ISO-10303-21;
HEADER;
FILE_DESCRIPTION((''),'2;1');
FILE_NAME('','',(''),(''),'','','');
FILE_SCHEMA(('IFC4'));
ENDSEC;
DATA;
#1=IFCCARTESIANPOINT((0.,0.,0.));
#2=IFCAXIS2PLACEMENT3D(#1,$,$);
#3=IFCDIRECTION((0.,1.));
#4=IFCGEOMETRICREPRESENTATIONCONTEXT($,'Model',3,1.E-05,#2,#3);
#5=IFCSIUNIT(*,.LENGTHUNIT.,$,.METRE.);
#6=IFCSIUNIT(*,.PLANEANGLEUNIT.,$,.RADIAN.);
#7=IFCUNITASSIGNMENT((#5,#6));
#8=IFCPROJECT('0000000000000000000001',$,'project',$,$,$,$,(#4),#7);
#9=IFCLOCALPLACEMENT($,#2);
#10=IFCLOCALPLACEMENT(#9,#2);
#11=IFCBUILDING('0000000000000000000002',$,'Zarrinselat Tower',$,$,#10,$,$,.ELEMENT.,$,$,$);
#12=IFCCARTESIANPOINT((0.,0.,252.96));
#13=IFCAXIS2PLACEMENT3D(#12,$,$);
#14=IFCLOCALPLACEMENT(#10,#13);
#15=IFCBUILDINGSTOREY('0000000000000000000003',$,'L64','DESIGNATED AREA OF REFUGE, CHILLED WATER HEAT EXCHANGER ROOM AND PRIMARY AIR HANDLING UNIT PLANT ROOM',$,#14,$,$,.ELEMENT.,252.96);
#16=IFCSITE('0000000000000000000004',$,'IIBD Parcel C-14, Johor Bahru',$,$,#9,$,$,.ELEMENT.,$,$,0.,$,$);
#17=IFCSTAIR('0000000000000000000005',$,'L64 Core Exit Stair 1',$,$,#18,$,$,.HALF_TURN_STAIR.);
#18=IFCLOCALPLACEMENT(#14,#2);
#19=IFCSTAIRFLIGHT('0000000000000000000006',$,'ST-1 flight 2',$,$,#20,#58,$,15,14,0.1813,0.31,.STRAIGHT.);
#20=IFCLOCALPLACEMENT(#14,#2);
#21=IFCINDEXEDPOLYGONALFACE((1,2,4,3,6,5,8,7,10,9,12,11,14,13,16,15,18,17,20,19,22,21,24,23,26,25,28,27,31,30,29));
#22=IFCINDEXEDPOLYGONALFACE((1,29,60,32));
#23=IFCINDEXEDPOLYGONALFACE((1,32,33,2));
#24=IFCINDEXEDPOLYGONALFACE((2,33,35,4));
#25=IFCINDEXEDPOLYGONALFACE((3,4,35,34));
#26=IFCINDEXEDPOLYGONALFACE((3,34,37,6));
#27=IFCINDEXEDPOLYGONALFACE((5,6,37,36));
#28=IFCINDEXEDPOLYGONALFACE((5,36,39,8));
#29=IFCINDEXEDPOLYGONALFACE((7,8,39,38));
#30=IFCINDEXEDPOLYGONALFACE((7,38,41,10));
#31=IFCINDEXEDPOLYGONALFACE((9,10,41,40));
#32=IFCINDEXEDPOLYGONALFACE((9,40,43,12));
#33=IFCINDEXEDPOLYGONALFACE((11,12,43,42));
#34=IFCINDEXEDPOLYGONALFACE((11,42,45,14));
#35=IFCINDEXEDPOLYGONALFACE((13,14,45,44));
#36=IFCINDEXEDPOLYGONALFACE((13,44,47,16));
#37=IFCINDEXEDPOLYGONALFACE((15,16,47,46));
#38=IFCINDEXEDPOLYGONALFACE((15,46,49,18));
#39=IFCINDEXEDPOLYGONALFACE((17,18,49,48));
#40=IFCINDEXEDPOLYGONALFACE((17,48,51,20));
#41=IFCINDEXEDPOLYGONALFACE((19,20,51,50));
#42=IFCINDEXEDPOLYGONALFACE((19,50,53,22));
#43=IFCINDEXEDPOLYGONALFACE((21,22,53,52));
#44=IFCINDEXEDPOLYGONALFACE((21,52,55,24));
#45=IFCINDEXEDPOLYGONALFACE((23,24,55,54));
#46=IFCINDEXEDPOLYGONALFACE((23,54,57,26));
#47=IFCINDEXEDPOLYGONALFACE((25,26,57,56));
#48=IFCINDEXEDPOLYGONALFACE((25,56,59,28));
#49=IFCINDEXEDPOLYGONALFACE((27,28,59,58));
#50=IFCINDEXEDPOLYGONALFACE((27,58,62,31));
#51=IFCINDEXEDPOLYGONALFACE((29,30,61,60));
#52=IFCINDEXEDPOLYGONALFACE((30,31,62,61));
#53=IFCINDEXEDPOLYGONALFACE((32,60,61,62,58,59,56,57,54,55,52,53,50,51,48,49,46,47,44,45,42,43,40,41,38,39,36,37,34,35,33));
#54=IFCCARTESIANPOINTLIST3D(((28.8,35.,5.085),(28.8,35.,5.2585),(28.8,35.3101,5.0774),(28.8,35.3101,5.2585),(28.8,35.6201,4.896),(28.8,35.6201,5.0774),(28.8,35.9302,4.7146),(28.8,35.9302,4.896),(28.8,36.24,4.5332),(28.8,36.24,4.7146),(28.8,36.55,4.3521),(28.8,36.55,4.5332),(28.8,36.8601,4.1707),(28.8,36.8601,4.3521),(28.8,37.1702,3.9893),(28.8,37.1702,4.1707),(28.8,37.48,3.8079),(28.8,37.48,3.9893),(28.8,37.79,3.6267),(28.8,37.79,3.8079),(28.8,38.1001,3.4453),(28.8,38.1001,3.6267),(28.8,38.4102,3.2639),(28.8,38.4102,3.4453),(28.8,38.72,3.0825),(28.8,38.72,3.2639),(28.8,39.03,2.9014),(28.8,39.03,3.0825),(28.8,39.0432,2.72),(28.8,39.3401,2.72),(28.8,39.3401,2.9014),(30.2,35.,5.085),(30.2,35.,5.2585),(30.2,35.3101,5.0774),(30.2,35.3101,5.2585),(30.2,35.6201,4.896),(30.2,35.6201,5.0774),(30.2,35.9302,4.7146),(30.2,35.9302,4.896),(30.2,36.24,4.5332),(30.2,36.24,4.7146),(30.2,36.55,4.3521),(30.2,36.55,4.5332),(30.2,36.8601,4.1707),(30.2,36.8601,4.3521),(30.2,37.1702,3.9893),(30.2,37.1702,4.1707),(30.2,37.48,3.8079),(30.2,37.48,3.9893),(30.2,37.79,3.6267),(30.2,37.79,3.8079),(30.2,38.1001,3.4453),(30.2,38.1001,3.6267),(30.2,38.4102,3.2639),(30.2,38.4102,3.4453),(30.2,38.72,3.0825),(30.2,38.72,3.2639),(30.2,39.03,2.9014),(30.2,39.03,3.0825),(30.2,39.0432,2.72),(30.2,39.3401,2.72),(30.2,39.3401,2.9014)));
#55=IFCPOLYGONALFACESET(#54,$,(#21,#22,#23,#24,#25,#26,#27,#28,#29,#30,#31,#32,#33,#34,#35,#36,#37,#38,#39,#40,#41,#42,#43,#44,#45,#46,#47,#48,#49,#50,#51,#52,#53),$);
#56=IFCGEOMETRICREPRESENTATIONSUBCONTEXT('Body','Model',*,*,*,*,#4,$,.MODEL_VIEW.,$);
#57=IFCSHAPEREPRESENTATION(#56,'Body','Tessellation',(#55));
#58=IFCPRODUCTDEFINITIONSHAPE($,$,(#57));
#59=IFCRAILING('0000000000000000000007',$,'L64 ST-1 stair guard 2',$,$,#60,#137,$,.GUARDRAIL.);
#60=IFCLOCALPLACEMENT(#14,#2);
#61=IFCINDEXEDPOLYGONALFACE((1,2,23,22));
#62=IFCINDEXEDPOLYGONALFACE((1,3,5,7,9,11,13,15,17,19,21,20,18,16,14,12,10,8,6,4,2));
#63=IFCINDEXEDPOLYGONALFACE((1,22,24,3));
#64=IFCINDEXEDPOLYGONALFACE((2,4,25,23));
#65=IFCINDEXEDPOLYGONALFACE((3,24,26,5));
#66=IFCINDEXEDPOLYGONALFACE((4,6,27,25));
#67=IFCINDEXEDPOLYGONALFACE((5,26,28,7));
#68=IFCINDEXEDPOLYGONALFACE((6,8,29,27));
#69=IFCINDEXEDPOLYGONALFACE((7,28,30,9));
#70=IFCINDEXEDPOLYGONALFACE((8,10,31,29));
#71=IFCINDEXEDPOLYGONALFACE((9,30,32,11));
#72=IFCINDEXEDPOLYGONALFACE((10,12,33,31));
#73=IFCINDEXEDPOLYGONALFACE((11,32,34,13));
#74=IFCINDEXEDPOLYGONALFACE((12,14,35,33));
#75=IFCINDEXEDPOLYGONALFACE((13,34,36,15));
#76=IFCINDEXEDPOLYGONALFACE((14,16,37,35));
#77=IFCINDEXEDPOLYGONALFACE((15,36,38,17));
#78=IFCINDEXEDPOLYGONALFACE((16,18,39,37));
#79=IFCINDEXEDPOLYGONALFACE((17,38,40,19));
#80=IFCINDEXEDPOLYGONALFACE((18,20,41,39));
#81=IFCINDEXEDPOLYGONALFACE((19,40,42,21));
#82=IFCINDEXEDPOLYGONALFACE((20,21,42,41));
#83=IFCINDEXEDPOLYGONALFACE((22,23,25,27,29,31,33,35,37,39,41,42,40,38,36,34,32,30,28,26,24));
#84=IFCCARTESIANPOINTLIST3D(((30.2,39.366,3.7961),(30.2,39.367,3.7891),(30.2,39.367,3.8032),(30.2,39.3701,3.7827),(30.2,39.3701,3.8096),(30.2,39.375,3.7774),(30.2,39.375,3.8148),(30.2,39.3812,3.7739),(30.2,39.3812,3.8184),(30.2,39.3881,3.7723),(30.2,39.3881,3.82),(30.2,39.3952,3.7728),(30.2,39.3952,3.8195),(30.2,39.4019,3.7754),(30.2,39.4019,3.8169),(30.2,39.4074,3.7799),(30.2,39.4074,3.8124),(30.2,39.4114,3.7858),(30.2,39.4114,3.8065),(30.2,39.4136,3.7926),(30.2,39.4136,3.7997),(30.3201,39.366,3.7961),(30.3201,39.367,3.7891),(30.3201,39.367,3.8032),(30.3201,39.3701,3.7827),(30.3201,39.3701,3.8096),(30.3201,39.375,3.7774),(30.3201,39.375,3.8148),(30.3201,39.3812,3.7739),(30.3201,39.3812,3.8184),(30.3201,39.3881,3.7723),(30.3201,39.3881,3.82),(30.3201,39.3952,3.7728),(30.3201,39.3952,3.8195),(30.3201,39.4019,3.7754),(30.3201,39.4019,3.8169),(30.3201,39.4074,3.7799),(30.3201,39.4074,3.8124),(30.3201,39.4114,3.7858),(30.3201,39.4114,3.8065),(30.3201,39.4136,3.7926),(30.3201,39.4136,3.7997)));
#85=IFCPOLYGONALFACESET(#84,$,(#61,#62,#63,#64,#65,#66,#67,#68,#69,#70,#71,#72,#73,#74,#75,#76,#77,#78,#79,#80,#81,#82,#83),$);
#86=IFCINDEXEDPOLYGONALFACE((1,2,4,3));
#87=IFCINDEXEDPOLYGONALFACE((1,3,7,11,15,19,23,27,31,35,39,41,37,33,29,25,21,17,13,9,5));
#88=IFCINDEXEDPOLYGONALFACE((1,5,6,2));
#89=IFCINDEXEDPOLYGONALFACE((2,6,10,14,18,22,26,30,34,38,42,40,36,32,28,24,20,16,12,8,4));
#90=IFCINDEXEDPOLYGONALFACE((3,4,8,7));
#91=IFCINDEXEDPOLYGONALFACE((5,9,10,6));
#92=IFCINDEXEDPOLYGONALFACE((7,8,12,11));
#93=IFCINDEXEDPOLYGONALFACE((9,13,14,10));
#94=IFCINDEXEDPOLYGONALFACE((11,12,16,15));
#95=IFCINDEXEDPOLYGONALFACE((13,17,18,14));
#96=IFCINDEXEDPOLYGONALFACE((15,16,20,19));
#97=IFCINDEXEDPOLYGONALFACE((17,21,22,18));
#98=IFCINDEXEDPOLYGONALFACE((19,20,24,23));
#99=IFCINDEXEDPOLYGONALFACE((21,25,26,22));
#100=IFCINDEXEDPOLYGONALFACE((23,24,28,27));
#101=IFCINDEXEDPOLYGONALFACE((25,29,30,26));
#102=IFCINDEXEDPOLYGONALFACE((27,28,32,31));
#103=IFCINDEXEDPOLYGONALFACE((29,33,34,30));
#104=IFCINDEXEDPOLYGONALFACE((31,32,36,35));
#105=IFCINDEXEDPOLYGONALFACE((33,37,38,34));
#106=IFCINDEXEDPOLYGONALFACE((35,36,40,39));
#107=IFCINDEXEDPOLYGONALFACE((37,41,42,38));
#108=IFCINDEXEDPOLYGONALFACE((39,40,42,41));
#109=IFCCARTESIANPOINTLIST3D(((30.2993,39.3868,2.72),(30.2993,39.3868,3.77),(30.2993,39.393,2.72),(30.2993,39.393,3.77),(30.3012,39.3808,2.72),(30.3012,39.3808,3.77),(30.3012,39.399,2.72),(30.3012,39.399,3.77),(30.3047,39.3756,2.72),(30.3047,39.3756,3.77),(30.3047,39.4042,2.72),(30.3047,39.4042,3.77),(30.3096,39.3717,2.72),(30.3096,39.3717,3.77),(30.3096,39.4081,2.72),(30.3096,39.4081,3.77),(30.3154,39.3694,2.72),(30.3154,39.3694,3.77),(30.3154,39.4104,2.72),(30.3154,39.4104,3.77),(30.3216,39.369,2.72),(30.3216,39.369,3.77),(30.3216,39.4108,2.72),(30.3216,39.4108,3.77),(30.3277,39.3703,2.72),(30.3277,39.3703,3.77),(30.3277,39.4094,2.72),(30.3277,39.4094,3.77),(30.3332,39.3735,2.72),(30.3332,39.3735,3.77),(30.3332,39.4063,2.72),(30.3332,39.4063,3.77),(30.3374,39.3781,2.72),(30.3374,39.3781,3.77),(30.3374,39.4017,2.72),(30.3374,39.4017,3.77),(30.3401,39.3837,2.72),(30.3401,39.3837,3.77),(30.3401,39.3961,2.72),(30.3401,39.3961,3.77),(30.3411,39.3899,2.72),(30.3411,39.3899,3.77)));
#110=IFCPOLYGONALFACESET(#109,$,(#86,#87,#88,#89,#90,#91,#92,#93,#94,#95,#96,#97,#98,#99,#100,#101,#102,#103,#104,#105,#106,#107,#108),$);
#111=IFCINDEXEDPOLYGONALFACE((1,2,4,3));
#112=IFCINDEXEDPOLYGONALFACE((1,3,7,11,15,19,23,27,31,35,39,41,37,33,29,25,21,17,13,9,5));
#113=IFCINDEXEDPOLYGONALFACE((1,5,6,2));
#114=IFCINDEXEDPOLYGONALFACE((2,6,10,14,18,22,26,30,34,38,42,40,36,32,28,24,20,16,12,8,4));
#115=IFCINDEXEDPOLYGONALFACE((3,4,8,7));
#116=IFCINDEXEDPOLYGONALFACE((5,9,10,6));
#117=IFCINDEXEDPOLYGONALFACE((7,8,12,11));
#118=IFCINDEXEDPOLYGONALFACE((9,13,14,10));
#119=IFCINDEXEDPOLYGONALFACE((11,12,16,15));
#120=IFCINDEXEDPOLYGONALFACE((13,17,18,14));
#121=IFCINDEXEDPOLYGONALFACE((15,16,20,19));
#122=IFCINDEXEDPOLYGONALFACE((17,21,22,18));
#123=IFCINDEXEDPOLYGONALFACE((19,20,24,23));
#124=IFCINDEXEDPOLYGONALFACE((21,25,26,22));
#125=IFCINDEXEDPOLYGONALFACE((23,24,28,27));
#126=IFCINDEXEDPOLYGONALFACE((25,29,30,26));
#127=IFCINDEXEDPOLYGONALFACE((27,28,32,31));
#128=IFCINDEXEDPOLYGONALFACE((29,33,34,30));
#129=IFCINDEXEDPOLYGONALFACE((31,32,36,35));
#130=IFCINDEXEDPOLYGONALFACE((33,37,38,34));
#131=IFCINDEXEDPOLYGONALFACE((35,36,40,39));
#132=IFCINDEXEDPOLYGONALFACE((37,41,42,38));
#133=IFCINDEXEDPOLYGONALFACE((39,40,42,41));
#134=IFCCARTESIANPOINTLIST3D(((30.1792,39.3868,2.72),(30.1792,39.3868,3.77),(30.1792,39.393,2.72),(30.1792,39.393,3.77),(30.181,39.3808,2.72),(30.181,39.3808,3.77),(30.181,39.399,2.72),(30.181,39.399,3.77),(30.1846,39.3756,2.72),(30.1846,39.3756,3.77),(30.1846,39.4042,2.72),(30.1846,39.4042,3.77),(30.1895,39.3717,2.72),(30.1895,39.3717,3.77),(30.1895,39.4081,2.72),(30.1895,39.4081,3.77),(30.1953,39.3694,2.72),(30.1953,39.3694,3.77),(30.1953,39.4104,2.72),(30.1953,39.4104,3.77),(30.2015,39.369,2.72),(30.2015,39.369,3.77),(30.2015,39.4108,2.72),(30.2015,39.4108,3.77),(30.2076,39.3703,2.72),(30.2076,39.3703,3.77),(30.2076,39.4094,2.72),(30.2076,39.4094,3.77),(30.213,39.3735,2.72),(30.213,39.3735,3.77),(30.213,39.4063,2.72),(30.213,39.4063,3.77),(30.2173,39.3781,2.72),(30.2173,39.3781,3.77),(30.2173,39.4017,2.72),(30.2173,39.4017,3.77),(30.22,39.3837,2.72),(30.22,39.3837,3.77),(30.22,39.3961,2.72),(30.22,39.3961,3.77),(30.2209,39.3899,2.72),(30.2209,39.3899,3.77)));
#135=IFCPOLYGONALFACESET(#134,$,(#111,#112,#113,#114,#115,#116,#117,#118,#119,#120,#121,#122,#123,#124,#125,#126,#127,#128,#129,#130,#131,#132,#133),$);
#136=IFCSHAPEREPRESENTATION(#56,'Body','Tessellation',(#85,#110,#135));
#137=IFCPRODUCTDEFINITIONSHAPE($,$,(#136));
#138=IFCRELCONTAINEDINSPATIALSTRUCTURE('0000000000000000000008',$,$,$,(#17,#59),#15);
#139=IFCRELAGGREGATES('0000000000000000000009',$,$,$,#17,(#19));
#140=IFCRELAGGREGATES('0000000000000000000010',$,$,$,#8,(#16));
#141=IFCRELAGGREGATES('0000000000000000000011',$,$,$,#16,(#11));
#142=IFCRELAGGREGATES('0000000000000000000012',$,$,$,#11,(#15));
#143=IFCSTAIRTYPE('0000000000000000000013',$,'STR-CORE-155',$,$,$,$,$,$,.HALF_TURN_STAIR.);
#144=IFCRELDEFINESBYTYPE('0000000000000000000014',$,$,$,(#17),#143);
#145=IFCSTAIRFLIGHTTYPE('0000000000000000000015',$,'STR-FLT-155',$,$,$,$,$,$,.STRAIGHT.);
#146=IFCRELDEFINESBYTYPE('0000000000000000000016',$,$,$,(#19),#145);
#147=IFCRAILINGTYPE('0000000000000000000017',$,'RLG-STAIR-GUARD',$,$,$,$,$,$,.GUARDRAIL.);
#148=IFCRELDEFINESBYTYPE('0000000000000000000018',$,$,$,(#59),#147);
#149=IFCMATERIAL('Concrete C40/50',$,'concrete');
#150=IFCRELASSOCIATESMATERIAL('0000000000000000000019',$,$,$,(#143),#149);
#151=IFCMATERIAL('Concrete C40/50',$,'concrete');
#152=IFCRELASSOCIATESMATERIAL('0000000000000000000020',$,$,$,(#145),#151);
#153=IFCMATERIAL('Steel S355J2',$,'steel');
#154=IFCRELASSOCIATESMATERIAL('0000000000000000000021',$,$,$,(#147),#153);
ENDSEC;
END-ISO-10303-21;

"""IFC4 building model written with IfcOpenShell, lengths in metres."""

from ifc_helpers import new_model, si_unit, direction, frame, origin, origin_2d, place, context, subcontext, project, spatial, polyline, circle, outline, extrude, material, type_object, element, aggregate, save


model = new_model("IFC4")

# Units and contexts
model_context = context("Model", 3, precision=1e-05, world=origin(), true_north=direction((0.0, 1.0)))
body_context = subcontext(model_context, "Body", "Model", "MODEL_VIEW")
ifc_project = project(units=[si_unit("LENGTHUNIT", "METRE"), si_unit("PLANEANGLEUNIT", "RADIAN")], contexts=[model_context])

# Site, building, storey
site_placement = place(None, origin())
site = spatial("IfcSite", under=ifc_project, at=site_placement, Name="IIBD Parcel C-14, Johor Bahru", CompositionType="ELEMENT", RefElevation=0.0)
building_placement = place(site_placement, origin())
building = spatial("IfcBuilding", under=site, at=building_placement, Name="Zarrinselat Tower", CompositionType="ELEMENT")
storey_placement = place(building_placement, frame((0.0, 0.0, 252.96)))
storey = spatial("IfcBuildingStorey", under=building, at=storey_placement, Name="L64", Description="DESIGNATED AREA OF REFUGE, CHILLED WATER HEAT EXCHANGER ROOM AND PRIMARY AIR HANDLING UNIT PLANT ROOM", CompositionType="ELEMENT", Elevation=252.96)

# Stair, stair flight
ifc_material_1 = material(Name="Concrete C40/50", Category="concrete")
stair_type = type_object("IfcStairType", Name="STR-CORE-155", PredefinedType="HALF_TURN_STAIR", material=ifc_material_1)
stair_placement = place(storey_placement, origin())
stair = element("IfcStair", 1, at=stair_placement, inside=storey, type_object=stair_type, Name="L64 Core Exit Stair 1", PredefinedType="HALF_TURN_STAIR")
ifc_material_2 = material(Name="Concrete C40/50", Category="concrete")
stair_flight_type = type_object("IfcStairFlightType", Name="STR-FLT-155", PredefinedType="STRAIGHT", material=ifc_material_2)
stair_flight_placement = place(storey_placement, frame((29.5, 39.3401, 2.72), z_axis=(0.0, 0.0, 1.0), x_axis=(0.0, -1.0, 0.0)))
stair_flight = element("IfcStairFlight", 2, at=stair_flight_placement, type_object=stair_flight_type, Name="ST-1 flight 2", NumberOfRisers=15, NumberOfTreads=14, PredefinedType="STRAIGHT", RiserHeight=0.1813, TreadLength=0.31, context=body_context, shape_type="SweptSolid", body=[
    extrude(outline(polyline([(0.0, 0.0), (0.0, 0.1814), (0.3101, 0.1814), (0.3101, 0.3625), (0.6201, 0.3625), (0.6201, 0.5439), (0.9299, 0.5439), (0.9299, 0.7253), (1.24, 0.7253), (1.24, 0.9067), (1.55, 0.9067), (1.55, 1.0879), (1.8601, 1.0879), (1.8601, 1.2693), (2.1699, 1.2693), (2.1699, 1.4507), (2.48, 1.4507), (2.48, 1.6321), (2.79, 1.6321), (2.79, 1.8132), (3.1001, 1.8132), (3.1001, 1.9946), (3.4099, 1.9946), (3.4099, 2.176), (3.72, 2.176), (3.72, 2.3574), (4.03, 2.3574), (4.03, 2.5386), (4.3401, 2.5386), (4.3401, 2.72), (4.3401, 2.365), (0.2969, 0.0), (0.0, 0.0)])), frame((0.0, 0.7, 0.0), z_axis=(0.0, -1.0, 0.0), x_axis=(1.0, 0.0, 0.0)), (0.0, 0.0, 1.0), 1.3999),
])
aggregate(stair, [stair_flight])

# Railing
ifc_material_3 = material(Name="Steel S355J2", Category="steel")
railing_type = type_object("IfcRailingType", Name="RLG-STAIR-GUARD", PredefinedType="GUARDRAIL", material=ifc_material_3)
railing_1_placement = place(storey_placement, frame((30.3201, 39.3899, 2.72)))
element("IfcRailing", 3, at=railing_1_placement, inside=storey, type_object=railing_type, Name="L64 ST-1 stair guard 2", PredefinedType="GUARDRAIL", context=body_context, shape_type="SweptSolid", body=[
    extrude(circle(Radius=0.0239, at=origin_2d()), frame((0.0, 0.0, 1.0762), z_axis=(-1.0, 0.0, 0.0), x_axis=(0.0, -1.0, 0.0)), (0.0, 0.0, 1.0), 0.1201),
    extrude(circle(Radius=0.021, at=origin_2d()), origin(), (0.0, 0.0, 1.0), 1.05),
    extrude(circle(Radius=0.021, at=origin_2d()), frame((-0.1201, 0.0, 0.0)), (0.0, 0.0, 1.0), 1.05),
])

save(model, "model.ifc")
